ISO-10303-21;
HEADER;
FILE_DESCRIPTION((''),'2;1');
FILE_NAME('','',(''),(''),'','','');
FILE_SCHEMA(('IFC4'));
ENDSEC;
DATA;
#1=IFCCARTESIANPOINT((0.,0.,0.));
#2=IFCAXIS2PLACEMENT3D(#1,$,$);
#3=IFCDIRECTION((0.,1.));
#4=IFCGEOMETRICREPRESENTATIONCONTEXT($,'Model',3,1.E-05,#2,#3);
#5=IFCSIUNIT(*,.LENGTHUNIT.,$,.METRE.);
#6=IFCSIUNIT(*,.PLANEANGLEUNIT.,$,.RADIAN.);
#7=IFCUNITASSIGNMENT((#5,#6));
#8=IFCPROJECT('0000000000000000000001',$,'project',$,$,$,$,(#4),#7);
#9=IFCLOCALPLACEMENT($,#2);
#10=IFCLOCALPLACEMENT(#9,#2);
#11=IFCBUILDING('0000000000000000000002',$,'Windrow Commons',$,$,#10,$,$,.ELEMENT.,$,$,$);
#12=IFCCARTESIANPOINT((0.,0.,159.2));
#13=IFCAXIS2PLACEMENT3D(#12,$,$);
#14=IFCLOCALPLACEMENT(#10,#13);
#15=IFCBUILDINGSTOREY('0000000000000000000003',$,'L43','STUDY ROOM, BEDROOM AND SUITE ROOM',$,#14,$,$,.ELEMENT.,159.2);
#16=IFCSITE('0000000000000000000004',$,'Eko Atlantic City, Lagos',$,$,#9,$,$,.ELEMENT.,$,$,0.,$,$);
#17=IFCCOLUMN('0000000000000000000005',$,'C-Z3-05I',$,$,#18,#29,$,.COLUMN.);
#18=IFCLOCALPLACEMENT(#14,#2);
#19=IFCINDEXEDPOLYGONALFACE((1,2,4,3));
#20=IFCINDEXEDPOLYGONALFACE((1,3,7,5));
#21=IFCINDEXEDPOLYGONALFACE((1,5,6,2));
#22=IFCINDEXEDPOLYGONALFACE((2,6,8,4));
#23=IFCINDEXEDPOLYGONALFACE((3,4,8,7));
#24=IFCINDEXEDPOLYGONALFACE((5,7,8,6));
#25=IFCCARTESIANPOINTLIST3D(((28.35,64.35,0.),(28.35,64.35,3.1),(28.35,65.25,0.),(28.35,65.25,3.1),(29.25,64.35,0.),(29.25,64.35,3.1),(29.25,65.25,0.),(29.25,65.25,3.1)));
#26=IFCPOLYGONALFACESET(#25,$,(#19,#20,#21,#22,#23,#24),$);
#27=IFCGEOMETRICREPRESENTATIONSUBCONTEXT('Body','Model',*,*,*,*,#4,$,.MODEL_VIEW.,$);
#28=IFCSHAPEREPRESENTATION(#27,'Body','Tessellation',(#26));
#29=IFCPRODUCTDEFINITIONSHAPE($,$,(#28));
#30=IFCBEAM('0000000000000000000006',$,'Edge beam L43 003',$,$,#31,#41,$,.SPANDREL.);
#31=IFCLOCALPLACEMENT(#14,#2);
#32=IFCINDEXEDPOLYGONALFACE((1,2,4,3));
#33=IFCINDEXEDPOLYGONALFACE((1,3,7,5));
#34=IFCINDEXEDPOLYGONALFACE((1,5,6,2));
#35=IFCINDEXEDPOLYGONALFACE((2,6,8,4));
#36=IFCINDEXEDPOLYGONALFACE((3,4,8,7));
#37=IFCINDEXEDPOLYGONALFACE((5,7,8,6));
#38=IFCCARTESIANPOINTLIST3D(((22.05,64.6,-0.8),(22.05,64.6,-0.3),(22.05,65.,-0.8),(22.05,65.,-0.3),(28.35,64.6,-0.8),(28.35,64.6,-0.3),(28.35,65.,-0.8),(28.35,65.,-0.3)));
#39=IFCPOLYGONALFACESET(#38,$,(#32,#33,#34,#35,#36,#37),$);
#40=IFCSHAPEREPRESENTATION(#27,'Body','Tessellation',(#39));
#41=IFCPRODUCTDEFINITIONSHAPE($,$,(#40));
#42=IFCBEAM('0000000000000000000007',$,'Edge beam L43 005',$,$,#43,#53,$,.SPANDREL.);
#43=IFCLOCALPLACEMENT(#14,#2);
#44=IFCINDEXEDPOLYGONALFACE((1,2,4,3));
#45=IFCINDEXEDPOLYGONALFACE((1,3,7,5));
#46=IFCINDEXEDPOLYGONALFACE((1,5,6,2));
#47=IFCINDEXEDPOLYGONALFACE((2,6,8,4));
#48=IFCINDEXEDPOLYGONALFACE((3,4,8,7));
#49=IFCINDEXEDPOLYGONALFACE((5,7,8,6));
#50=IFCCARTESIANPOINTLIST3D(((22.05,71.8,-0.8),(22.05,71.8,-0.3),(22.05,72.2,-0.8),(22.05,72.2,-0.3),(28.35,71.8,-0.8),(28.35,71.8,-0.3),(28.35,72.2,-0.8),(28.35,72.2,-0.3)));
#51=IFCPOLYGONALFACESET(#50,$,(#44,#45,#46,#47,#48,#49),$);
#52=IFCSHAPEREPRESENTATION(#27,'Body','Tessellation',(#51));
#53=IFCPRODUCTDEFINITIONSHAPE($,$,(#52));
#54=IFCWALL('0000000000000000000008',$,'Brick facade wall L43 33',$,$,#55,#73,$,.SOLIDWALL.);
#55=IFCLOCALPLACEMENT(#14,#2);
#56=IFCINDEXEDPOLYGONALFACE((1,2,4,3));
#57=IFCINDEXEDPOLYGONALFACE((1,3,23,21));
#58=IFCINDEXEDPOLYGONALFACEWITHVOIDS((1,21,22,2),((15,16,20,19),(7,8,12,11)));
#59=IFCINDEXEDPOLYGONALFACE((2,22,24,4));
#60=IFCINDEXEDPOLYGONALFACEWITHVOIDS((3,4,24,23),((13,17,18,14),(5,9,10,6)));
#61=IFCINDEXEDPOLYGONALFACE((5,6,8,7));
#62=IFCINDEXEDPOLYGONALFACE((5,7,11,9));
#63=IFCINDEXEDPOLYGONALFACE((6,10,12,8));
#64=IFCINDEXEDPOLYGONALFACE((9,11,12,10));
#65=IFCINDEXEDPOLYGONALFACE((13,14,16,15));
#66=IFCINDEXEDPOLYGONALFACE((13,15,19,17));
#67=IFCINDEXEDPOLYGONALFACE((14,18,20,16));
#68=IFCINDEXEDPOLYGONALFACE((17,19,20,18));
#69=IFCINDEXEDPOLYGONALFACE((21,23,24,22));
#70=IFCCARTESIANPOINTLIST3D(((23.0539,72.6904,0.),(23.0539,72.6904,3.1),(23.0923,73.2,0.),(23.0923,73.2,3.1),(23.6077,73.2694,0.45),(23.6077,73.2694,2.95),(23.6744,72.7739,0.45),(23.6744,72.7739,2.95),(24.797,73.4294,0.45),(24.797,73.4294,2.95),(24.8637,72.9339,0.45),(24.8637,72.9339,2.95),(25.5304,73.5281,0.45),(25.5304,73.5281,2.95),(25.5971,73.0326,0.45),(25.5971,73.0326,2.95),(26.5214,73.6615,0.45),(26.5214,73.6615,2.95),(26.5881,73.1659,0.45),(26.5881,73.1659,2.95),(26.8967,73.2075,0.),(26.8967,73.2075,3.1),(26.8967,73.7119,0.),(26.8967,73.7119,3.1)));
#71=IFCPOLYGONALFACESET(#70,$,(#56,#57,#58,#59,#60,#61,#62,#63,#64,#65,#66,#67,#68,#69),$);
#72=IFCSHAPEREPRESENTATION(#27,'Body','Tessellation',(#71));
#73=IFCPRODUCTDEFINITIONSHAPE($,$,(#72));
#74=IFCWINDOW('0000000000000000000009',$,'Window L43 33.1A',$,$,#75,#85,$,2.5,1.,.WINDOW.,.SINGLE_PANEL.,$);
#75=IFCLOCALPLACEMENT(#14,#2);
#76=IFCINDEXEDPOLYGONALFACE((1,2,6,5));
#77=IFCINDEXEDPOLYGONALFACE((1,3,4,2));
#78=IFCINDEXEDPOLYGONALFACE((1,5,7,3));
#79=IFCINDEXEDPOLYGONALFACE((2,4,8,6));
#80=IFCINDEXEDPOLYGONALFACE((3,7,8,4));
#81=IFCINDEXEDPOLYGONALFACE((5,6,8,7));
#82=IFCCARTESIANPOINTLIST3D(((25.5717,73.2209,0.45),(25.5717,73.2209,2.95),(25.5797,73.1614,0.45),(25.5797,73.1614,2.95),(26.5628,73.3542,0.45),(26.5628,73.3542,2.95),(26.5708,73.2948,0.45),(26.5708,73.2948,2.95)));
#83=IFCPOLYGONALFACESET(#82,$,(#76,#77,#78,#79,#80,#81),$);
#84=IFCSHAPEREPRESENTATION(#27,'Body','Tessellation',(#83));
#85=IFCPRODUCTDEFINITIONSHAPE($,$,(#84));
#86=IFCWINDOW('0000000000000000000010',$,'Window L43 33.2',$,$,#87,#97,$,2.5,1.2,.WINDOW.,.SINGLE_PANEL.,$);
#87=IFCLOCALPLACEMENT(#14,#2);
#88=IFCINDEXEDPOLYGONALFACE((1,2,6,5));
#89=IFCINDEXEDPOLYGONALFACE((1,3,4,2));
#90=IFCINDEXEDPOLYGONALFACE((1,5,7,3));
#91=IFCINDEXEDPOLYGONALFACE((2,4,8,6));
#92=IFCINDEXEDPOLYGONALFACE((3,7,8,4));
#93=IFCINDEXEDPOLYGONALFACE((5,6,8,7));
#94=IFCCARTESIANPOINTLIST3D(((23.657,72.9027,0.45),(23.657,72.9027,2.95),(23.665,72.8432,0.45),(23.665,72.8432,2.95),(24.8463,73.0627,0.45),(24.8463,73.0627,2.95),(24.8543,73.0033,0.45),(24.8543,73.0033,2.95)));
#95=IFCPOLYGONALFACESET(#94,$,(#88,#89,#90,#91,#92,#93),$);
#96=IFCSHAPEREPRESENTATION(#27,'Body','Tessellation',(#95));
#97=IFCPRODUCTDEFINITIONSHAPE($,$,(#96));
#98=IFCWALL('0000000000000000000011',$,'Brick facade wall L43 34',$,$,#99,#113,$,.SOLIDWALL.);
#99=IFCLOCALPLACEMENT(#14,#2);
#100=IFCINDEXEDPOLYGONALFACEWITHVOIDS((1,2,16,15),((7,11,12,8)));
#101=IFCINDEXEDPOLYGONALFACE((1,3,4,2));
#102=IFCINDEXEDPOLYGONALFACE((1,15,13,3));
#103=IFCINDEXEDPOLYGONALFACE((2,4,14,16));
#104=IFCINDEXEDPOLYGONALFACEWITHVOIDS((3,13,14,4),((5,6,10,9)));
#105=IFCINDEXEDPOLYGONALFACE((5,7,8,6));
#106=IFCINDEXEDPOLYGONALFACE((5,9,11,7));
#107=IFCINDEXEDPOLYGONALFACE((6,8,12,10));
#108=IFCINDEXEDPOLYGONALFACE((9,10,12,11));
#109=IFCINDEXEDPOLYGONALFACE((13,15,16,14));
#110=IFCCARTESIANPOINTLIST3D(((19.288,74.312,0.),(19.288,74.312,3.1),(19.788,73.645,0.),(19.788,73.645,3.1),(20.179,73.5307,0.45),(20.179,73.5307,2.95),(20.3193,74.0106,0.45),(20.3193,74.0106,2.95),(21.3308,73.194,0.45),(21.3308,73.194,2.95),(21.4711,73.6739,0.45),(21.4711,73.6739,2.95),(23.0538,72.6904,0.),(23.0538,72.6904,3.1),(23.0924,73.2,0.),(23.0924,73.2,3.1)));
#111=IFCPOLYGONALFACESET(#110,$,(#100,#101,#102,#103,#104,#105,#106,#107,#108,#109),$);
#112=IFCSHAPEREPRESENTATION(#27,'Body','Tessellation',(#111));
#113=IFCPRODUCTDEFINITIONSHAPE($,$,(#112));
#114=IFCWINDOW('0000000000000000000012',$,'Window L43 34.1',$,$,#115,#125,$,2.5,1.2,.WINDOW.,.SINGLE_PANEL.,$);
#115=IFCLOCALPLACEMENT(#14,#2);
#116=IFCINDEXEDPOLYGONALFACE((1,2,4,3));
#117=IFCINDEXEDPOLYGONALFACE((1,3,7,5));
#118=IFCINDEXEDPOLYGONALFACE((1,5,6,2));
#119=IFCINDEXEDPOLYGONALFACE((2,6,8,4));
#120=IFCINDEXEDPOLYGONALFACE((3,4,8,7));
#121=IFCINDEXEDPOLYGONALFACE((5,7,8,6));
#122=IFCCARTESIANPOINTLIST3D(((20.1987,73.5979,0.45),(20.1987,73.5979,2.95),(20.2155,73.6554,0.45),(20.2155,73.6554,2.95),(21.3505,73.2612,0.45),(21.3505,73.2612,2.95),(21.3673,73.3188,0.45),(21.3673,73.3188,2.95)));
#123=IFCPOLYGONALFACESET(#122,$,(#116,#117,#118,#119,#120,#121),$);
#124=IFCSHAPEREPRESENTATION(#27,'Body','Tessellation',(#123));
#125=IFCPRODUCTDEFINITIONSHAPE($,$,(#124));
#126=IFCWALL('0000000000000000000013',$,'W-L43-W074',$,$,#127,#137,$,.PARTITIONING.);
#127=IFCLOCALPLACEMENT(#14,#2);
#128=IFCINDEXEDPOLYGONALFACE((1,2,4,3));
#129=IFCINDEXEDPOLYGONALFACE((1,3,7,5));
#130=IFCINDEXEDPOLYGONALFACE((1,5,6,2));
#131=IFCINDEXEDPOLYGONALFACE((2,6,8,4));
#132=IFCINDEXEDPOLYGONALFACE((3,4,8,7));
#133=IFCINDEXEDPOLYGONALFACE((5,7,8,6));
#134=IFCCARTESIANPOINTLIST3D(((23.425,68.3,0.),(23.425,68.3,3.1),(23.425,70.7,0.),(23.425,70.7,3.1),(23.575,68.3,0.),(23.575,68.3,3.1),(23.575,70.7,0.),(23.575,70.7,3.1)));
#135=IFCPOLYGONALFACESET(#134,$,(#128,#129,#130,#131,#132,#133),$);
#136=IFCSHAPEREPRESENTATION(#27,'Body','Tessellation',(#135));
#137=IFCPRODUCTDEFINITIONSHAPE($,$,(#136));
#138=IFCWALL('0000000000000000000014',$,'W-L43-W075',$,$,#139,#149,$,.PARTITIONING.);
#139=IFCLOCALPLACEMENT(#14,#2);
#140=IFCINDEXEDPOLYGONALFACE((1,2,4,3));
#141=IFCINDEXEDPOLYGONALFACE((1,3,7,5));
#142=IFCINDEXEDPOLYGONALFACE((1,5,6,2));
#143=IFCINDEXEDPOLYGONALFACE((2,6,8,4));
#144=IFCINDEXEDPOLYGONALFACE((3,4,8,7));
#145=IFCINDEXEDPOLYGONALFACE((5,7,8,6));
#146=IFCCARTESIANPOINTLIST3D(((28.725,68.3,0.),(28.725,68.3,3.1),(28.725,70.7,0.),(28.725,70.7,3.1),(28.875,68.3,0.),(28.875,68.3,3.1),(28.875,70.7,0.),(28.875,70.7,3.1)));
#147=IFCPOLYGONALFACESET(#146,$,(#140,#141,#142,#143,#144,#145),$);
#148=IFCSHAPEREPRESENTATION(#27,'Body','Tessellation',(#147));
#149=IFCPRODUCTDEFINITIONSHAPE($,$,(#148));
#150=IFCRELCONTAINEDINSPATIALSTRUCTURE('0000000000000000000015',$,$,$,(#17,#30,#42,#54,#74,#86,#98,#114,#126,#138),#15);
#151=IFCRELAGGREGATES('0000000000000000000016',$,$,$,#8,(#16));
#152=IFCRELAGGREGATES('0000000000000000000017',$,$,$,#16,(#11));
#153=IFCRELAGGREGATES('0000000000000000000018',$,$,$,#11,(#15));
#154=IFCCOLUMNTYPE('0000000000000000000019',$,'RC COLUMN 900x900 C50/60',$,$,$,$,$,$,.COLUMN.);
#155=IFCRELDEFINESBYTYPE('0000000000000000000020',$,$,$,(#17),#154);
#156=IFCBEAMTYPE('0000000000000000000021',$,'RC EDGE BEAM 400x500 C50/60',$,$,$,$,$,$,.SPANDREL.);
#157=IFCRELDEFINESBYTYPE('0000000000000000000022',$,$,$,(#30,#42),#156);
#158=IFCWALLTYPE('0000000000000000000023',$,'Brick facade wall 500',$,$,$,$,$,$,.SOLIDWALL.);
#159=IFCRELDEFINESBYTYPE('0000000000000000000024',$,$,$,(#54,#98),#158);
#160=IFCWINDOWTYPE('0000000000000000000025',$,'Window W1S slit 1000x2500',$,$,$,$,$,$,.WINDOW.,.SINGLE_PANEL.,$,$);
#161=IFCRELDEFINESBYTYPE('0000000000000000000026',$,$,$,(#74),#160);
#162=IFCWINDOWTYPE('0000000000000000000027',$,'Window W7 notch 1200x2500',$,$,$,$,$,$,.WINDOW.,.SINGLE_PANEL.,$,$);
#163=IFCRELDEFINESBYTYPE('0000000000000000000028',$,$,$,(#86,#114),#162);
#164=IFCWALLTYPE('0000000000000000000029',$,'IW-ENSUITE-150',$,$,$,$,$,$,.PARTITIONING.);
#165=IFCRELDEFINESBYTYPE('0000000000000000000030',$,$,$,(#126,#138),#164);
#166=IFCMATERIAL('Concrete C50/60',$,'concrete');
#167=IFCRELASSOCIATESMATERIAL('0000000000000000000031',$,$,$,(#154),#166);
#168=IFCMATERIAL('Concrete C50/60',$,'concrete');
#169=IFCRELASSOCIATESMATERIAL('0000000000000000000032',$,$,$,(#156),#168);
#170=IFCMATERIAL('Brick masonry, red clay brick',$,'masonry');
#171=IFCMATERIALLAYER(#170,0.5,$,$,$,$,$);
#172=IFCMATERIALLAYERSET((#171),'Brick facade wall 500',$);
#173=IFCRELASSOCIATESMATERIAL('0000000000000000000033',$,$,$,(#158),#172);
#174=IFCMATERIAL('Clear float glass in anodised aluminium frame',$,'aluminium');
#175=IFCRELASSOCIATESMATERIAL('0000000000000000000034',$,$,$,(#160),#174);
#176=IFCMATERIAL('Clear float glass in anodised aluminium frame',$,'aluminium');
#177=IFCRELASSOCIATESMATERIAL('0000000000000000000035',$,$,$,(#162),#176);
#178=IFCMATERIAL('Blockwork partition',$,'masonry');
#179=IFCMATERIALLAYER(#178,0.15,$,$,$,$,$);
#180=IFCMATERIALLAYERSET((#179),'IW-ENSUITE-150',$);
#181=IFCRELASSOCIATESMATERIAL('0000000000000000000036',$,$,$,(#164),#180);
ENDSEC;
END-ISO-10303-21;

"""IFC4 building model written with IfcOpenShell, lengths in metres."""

from ifc_helpers import new_model, si_unit, direction, frame, frame_2d, origin, origin_2d, place, context, subcontext, project, spatial, polyline, rectangle, outline, extrude, material, layer, layer_set, material_profile, profile_set, type_object, element, fill, save


model = new_model("IFC4")

# Units and contexts
model_context = context("Model", 3, precision=1e-05, world=origin(), true_north=direction((0.0, 1.0)))
body_context = subcontext(model_context, "Body", "Model", "MODEL_VIEW")
ifc_project = project(units=[si_unit("LENGTHUNIT", "METRE"), si_unit("PLANEANGLEUNIT", "RADIAN")], contexts=[model_context])

# Site, building, storey
site_placement = place(None, origin())
site = spatial("IfcSite", under=ifc_project, at=site_placement, Name="Eko Atlantic City, Lagos", CompositionType="ELEMENT", RefElevation=0.0)
building_placement = place(site_placement, origin())
building = spatial("IfcBuilding", under=site, at=building_placement, Name="Windrow Commons", CompositionType="ELEMENT")
storey_placement = place(building_placement, frame((0.0, 0.0, 159.2)))
storey = spatial("IfcBuildingStorey", under=building, at=storey_placement, Name="L43", Description="STUDY ROOM, BEDROOM AND SUITE ROOM", CompositionType="ELEMENT", Elevation=159.2)

# Column
ifc_material_1 = material(Name="Concrete C50/60", Category="concrete")
ifc_material_profile_1 = material_profile(ifc_material_1, rectangle(XDim=0.9, YDim=0.9, at=origin_2d()))
ifc_profile_set_1 = profile_set([ifc_material_profile_1], Name="Concrete C50/60")
column_type = type_object("IfcColumnType", Name="RC COLUMN 900x900 C50/60", PredefinedType="COLUMN", material=ifc_profile_set_1)
column_placement = place(storey_placement, frame((28.8, 64.8, 0.0), z_axis=(0.0, 0.0, 1.0), x_axis=(1.0, 0.0, 0.0)))
element("IfcColumn", 1, at=column_placement, inside=storey, type_object=column_type, Name="C-Z3-05I", PredefinedType="COLUMN", context=body_context, shape_type="SweptSolid", body=[
    extrude(rectangle(XDim=0.9, YDim=0.9, at=origin_2d()), origin(), (0.0, 0.0, 1.0), 3.1),
])

# Beams
ifc_material_2 = material(Name="Concrete C50/60", Category="concrete")
ifc_material_profile_2 = material_profile(ifc_material_2, rectangle(XDim=0.4, YDim=0.5, at=origin_2d()))
ifc_profile_set_2 = profile_set([ifc_material_profile_2], Name="Concrete C50/60")
beam_type = type_object("IfcBeamType", Name="RC EDGE BEAM 400x500 C50/60", PredefinedType="SPANDREL", material=ifc_profile_set_2)
for number, where, z_axis, x_axis, name in (
    (2, (28.35, 64.8, -0.55), (-1.0, 0.0, 0.0), (0.0, -1.0, 0.0), "Edge beam L43 003"),
    (3, (22.05, 72.0, -0.55), (1.0, 0.0, 0.0), (0.0, 1.0, 0.0), "Edge beam L43 005"),
):
    element("IfcBeam", number, at=place(storey_placement, frame(where, z_axis=z_axis, x_axis=x_axis)), inside=storey, type_object=beam_type, Name=name, PredefinedType="SPANDREL", context=body_context, shape_type="SweptSolid", body=[
        extrude(rectangle(XDim=0.4, YDim=0.5, at=origin_2d()), origin(), (0.0, 0.0, 1.0), 6.3),
    ])

# Wall, openings, windows
ifc_material_3 = material(Name="Brick masonry, red clay brick", Category="masonry")
ifc_layer_1 = layer(ifc_material_3, 0.5)
ifc_layer_set_1 = layer_set([ifc_layer_1], Name="Brick facade wall 500")
wall_type_1 = type_object("IfcWallType", Name="Brick facade wall 500", PredefinedType="SOLIDWALL", material=ifc_layer_set_1)
wall_1_placement = place(storey_placement, frame((26.8967, 73.4597, 0.0), z_axis=(0.0, 0.0, 1.0), x_axis=(-0.991068, -0.133357, 0.0)))
wall_1 = element("IfcWall", 4, at=wall_1_placement, inside=storey, type_object=wall_type_1, Name="Brick facade wall L43 33", PredefinedType="SOLIDWALL", context=body_context, shape_type="SweptSolid", body=[
    extrude(outline(polyline([(-0.0336, -0.25), (3.805, -0.25), (3.9111, 0.25), (0.0336, 0.25), (-0.0336, -0.25)])), origin(), (0.0, 0.0, 1.0), 3.1),
])
opening_1_placement = place(wall_1_placement, frame((2.085, 0.0, 0.45)))
opening_1 = element("IfcOpeningElement", 5, at=opening_1_placement, cuts=wall_1, PredefinedType="OPENING", context=body_context, shape_type="SweptSolid", body=[
    extrude(rectangle(XDim=1.2, YDim=2.5, at=frame_2d((0.6, 1.25))), frame((0.0, 0.26, 0.0), z_axis=(0.0, -1.0, 0.0), x_axis=(1.0, 0.0, 0.0)), (0.0, 0.0, 1.0), 0.52),
])
opening_2_placement = place(wall_1_placement, frame((0.345, 0.0, 0.45)))
opening_2 = element("IfcOpeningElement", 6, at=opening_2_placement, cuts=wall_1, PredefinedType="OPENING", context=body_context, shape_type="SweptSolid", body=[
    extrude(rectangle(XDim=1.0, YDim=2.5, at=frame_2d((0.5, 1.25))), frame((0.0, 0.26, 0.0), z_axis=(0.0, -1.0, 0.0), x_axis=(1.0, 0.0, 0.0)), (0.0, 0.0, 1.0), 0.52),
])
ifc_material_4 = material(Name="Clear float glass in anodised aluminium frame", Category="aluminium")
window_type_1 = type_object("IfcWindowType", Name="Window W1S slit 1000x2500", PartitioningType="SINGLE_PANEL", PredefinedType="WINDOW", material=ifc_material_4)
window_1_placement = place(opening_2_placement, origin())
window_1 = element("IfcWindow", 7, at=window_1_placement, inside=storey, type_object=window_type_1, Name="Window L43 33.1A", OverallHeight=2.5, OverallWidth=1.0, PartitioningType="SINGLE_PANEL", PredefinedType="WINDOW", context=body_context, shape_type="SweptSolid", body=[
    extrude(rectangle(XDim=1.0, YDim=2.5, at=frame_2d((0.5, 1.25))), frame((0.0, 0.12, 0.0), z_axis=(0.0, -1.0, 0.0), x_axis=(1.0, 0.0, 0.0)), (0.0, 0.0, 1.0), 0.06),
])
fill(opening_2, window_1)
ifc_material_5 = material(Name="Clear float glass in anodised aluminium frame", Category="aluminium")
window_type_2 = type_object("IfcWindowType", Name="Window W7 notch 1200x2500", PartitioningType="SINGLE_PANEL", PredefinedType="WINDOW", material=ifc_material_5)
window_2_placement = place(opening_1_placement, origin())
window_2 = element("IfcWindow", 8, at=window_2_placement, inside=storey, type_object=window_type_2, Name="Window L43 33.2", OverallHeight=2.5, OverallWidth=1.2, PartitioningType="SINGLE_PANEL", PredefinedType="WINDOW", context=body_context, shape_type="SweptSolid", body=[
    extrude(rectangle(XDim=1.2, YDim=2.5, at=frame_2d((0.6, 1.25))), frame((0.0, 0.18, 0.0), z_axis=(0.0, -1.0, 0.0), x_axis=(1.0, 0.0, 0.0)), (0.0, 0.0, 1.0), 0.06),
])
fill(opening_1, window_2)

# Wall, opening, window
wall_2_placement = place(storey_placement, frame((23.0731, 72.9452, 0.0), z_axis=(0.0, 0.0, 1.0), x_axis=(-0.959837, 0.280558, 0.0)))
wall_2 = element("IfcWall", 9, at=wall_2_placement, inside=storey, type_object=wall_type_1, Name="Brick facade wall L43 34", PredefinedType="SOLIDWALL", context=body_context, shape_type="SweptSolid", body=[
    extrude(outline(polyline([(0.053, -0.25), (4.0166, -0.25), (3.3495, 0.25), (-0.053, 0.25), (0.053, -0.25)])), origin(), (0.0, 0.0, 1.0), 3.1),
])
opening_3_placement = place(wall_2_placement, frame((1.7421, 0.0, 0.45)))
opening_3 = element("IfcOpeningElement", 10, at=opening_3_placement, cuts=wall_2, PredefinedType="OPENING", context=body_context, shape_type="SweptSolid", body=[
    extrude(rectangle(XDim=1.2, YDim=2.5, at=frame_2d((0.6, 1.25))), frame((0.0, 0.26, 0.0), z_axis=(0.0, -1.0, 0.0), x_axis=(1.0, 0.0, 0.0)), (0.0, 0.0, 1.0), 0.52),
])
window_3_placement = place(opening_3_placement, origin())
window_3 = element("IfcWindow", 11, at=window_3_placement, inside=storey, type_object=window_type_2, Name="Window L43 34.1", OverallHeight=2.5, OverallWidth=1.2, PartitioningType="SINGLE_PANEL", PredefinedType="WINDOW", context=body_context, shape_type="SweptSolid", body=[
    extrude(rectangle(XDim=1.2, YDim=2.5, at=frame_2d((0.6, 1.25))), frame((0.0, 0.18, 0.0), z_axis=(0.0, -1.0, 0.0), x_axis=(1.0, 0.0, 0.0)), (0.0, 0.0, 1.0), 0.06),
])
fill(opening_3, window_3)

# Walls
ifc_material_6 = material(Name="Blockwork partition", Category="masonry")
ifc_layer_2 = layer(ifc_material_6, 0.15)
ifc_layer_set_2 = layer_set([ifc_layer_2], Name="IW-ENSUITE-150")
wall_type_2 = type_object("IfcWallType", Name="IW-ENSUITE-150", PredefinedType="PARTITIONING", material=ifc_layer_set_2)
for number, where, z_axis, x_axis, name in (
    (12, (23.5, 68.3, 0.0), (0.0, 0.0, 1.0), (0.0, 1.0, 0.0), "W-L43-W074"),
    (13, (28.8, 68.3, 0.0), (0.0, 0.0, 1.0), (0.0, 1.0, 0.0), "W-L43-W075"),
):
    element("IfcWall", number, at=place(storey_placement, frame(where, z_axis=z_axis, x_axis=x_axis)), inside=storey, type_object=wall_type_2, Name=name, PredefinedType="PARTITIONING", context=body_context, shape_type="SweptSolid", body=[
        extrude(rectangle(XDim=2.4, YDim=0.15, at=frame_2d((1.2, 0.0))), origin(), (0.0, 0.0, 1.0), 3.1),
    ])

save(model, "model.ifc")
